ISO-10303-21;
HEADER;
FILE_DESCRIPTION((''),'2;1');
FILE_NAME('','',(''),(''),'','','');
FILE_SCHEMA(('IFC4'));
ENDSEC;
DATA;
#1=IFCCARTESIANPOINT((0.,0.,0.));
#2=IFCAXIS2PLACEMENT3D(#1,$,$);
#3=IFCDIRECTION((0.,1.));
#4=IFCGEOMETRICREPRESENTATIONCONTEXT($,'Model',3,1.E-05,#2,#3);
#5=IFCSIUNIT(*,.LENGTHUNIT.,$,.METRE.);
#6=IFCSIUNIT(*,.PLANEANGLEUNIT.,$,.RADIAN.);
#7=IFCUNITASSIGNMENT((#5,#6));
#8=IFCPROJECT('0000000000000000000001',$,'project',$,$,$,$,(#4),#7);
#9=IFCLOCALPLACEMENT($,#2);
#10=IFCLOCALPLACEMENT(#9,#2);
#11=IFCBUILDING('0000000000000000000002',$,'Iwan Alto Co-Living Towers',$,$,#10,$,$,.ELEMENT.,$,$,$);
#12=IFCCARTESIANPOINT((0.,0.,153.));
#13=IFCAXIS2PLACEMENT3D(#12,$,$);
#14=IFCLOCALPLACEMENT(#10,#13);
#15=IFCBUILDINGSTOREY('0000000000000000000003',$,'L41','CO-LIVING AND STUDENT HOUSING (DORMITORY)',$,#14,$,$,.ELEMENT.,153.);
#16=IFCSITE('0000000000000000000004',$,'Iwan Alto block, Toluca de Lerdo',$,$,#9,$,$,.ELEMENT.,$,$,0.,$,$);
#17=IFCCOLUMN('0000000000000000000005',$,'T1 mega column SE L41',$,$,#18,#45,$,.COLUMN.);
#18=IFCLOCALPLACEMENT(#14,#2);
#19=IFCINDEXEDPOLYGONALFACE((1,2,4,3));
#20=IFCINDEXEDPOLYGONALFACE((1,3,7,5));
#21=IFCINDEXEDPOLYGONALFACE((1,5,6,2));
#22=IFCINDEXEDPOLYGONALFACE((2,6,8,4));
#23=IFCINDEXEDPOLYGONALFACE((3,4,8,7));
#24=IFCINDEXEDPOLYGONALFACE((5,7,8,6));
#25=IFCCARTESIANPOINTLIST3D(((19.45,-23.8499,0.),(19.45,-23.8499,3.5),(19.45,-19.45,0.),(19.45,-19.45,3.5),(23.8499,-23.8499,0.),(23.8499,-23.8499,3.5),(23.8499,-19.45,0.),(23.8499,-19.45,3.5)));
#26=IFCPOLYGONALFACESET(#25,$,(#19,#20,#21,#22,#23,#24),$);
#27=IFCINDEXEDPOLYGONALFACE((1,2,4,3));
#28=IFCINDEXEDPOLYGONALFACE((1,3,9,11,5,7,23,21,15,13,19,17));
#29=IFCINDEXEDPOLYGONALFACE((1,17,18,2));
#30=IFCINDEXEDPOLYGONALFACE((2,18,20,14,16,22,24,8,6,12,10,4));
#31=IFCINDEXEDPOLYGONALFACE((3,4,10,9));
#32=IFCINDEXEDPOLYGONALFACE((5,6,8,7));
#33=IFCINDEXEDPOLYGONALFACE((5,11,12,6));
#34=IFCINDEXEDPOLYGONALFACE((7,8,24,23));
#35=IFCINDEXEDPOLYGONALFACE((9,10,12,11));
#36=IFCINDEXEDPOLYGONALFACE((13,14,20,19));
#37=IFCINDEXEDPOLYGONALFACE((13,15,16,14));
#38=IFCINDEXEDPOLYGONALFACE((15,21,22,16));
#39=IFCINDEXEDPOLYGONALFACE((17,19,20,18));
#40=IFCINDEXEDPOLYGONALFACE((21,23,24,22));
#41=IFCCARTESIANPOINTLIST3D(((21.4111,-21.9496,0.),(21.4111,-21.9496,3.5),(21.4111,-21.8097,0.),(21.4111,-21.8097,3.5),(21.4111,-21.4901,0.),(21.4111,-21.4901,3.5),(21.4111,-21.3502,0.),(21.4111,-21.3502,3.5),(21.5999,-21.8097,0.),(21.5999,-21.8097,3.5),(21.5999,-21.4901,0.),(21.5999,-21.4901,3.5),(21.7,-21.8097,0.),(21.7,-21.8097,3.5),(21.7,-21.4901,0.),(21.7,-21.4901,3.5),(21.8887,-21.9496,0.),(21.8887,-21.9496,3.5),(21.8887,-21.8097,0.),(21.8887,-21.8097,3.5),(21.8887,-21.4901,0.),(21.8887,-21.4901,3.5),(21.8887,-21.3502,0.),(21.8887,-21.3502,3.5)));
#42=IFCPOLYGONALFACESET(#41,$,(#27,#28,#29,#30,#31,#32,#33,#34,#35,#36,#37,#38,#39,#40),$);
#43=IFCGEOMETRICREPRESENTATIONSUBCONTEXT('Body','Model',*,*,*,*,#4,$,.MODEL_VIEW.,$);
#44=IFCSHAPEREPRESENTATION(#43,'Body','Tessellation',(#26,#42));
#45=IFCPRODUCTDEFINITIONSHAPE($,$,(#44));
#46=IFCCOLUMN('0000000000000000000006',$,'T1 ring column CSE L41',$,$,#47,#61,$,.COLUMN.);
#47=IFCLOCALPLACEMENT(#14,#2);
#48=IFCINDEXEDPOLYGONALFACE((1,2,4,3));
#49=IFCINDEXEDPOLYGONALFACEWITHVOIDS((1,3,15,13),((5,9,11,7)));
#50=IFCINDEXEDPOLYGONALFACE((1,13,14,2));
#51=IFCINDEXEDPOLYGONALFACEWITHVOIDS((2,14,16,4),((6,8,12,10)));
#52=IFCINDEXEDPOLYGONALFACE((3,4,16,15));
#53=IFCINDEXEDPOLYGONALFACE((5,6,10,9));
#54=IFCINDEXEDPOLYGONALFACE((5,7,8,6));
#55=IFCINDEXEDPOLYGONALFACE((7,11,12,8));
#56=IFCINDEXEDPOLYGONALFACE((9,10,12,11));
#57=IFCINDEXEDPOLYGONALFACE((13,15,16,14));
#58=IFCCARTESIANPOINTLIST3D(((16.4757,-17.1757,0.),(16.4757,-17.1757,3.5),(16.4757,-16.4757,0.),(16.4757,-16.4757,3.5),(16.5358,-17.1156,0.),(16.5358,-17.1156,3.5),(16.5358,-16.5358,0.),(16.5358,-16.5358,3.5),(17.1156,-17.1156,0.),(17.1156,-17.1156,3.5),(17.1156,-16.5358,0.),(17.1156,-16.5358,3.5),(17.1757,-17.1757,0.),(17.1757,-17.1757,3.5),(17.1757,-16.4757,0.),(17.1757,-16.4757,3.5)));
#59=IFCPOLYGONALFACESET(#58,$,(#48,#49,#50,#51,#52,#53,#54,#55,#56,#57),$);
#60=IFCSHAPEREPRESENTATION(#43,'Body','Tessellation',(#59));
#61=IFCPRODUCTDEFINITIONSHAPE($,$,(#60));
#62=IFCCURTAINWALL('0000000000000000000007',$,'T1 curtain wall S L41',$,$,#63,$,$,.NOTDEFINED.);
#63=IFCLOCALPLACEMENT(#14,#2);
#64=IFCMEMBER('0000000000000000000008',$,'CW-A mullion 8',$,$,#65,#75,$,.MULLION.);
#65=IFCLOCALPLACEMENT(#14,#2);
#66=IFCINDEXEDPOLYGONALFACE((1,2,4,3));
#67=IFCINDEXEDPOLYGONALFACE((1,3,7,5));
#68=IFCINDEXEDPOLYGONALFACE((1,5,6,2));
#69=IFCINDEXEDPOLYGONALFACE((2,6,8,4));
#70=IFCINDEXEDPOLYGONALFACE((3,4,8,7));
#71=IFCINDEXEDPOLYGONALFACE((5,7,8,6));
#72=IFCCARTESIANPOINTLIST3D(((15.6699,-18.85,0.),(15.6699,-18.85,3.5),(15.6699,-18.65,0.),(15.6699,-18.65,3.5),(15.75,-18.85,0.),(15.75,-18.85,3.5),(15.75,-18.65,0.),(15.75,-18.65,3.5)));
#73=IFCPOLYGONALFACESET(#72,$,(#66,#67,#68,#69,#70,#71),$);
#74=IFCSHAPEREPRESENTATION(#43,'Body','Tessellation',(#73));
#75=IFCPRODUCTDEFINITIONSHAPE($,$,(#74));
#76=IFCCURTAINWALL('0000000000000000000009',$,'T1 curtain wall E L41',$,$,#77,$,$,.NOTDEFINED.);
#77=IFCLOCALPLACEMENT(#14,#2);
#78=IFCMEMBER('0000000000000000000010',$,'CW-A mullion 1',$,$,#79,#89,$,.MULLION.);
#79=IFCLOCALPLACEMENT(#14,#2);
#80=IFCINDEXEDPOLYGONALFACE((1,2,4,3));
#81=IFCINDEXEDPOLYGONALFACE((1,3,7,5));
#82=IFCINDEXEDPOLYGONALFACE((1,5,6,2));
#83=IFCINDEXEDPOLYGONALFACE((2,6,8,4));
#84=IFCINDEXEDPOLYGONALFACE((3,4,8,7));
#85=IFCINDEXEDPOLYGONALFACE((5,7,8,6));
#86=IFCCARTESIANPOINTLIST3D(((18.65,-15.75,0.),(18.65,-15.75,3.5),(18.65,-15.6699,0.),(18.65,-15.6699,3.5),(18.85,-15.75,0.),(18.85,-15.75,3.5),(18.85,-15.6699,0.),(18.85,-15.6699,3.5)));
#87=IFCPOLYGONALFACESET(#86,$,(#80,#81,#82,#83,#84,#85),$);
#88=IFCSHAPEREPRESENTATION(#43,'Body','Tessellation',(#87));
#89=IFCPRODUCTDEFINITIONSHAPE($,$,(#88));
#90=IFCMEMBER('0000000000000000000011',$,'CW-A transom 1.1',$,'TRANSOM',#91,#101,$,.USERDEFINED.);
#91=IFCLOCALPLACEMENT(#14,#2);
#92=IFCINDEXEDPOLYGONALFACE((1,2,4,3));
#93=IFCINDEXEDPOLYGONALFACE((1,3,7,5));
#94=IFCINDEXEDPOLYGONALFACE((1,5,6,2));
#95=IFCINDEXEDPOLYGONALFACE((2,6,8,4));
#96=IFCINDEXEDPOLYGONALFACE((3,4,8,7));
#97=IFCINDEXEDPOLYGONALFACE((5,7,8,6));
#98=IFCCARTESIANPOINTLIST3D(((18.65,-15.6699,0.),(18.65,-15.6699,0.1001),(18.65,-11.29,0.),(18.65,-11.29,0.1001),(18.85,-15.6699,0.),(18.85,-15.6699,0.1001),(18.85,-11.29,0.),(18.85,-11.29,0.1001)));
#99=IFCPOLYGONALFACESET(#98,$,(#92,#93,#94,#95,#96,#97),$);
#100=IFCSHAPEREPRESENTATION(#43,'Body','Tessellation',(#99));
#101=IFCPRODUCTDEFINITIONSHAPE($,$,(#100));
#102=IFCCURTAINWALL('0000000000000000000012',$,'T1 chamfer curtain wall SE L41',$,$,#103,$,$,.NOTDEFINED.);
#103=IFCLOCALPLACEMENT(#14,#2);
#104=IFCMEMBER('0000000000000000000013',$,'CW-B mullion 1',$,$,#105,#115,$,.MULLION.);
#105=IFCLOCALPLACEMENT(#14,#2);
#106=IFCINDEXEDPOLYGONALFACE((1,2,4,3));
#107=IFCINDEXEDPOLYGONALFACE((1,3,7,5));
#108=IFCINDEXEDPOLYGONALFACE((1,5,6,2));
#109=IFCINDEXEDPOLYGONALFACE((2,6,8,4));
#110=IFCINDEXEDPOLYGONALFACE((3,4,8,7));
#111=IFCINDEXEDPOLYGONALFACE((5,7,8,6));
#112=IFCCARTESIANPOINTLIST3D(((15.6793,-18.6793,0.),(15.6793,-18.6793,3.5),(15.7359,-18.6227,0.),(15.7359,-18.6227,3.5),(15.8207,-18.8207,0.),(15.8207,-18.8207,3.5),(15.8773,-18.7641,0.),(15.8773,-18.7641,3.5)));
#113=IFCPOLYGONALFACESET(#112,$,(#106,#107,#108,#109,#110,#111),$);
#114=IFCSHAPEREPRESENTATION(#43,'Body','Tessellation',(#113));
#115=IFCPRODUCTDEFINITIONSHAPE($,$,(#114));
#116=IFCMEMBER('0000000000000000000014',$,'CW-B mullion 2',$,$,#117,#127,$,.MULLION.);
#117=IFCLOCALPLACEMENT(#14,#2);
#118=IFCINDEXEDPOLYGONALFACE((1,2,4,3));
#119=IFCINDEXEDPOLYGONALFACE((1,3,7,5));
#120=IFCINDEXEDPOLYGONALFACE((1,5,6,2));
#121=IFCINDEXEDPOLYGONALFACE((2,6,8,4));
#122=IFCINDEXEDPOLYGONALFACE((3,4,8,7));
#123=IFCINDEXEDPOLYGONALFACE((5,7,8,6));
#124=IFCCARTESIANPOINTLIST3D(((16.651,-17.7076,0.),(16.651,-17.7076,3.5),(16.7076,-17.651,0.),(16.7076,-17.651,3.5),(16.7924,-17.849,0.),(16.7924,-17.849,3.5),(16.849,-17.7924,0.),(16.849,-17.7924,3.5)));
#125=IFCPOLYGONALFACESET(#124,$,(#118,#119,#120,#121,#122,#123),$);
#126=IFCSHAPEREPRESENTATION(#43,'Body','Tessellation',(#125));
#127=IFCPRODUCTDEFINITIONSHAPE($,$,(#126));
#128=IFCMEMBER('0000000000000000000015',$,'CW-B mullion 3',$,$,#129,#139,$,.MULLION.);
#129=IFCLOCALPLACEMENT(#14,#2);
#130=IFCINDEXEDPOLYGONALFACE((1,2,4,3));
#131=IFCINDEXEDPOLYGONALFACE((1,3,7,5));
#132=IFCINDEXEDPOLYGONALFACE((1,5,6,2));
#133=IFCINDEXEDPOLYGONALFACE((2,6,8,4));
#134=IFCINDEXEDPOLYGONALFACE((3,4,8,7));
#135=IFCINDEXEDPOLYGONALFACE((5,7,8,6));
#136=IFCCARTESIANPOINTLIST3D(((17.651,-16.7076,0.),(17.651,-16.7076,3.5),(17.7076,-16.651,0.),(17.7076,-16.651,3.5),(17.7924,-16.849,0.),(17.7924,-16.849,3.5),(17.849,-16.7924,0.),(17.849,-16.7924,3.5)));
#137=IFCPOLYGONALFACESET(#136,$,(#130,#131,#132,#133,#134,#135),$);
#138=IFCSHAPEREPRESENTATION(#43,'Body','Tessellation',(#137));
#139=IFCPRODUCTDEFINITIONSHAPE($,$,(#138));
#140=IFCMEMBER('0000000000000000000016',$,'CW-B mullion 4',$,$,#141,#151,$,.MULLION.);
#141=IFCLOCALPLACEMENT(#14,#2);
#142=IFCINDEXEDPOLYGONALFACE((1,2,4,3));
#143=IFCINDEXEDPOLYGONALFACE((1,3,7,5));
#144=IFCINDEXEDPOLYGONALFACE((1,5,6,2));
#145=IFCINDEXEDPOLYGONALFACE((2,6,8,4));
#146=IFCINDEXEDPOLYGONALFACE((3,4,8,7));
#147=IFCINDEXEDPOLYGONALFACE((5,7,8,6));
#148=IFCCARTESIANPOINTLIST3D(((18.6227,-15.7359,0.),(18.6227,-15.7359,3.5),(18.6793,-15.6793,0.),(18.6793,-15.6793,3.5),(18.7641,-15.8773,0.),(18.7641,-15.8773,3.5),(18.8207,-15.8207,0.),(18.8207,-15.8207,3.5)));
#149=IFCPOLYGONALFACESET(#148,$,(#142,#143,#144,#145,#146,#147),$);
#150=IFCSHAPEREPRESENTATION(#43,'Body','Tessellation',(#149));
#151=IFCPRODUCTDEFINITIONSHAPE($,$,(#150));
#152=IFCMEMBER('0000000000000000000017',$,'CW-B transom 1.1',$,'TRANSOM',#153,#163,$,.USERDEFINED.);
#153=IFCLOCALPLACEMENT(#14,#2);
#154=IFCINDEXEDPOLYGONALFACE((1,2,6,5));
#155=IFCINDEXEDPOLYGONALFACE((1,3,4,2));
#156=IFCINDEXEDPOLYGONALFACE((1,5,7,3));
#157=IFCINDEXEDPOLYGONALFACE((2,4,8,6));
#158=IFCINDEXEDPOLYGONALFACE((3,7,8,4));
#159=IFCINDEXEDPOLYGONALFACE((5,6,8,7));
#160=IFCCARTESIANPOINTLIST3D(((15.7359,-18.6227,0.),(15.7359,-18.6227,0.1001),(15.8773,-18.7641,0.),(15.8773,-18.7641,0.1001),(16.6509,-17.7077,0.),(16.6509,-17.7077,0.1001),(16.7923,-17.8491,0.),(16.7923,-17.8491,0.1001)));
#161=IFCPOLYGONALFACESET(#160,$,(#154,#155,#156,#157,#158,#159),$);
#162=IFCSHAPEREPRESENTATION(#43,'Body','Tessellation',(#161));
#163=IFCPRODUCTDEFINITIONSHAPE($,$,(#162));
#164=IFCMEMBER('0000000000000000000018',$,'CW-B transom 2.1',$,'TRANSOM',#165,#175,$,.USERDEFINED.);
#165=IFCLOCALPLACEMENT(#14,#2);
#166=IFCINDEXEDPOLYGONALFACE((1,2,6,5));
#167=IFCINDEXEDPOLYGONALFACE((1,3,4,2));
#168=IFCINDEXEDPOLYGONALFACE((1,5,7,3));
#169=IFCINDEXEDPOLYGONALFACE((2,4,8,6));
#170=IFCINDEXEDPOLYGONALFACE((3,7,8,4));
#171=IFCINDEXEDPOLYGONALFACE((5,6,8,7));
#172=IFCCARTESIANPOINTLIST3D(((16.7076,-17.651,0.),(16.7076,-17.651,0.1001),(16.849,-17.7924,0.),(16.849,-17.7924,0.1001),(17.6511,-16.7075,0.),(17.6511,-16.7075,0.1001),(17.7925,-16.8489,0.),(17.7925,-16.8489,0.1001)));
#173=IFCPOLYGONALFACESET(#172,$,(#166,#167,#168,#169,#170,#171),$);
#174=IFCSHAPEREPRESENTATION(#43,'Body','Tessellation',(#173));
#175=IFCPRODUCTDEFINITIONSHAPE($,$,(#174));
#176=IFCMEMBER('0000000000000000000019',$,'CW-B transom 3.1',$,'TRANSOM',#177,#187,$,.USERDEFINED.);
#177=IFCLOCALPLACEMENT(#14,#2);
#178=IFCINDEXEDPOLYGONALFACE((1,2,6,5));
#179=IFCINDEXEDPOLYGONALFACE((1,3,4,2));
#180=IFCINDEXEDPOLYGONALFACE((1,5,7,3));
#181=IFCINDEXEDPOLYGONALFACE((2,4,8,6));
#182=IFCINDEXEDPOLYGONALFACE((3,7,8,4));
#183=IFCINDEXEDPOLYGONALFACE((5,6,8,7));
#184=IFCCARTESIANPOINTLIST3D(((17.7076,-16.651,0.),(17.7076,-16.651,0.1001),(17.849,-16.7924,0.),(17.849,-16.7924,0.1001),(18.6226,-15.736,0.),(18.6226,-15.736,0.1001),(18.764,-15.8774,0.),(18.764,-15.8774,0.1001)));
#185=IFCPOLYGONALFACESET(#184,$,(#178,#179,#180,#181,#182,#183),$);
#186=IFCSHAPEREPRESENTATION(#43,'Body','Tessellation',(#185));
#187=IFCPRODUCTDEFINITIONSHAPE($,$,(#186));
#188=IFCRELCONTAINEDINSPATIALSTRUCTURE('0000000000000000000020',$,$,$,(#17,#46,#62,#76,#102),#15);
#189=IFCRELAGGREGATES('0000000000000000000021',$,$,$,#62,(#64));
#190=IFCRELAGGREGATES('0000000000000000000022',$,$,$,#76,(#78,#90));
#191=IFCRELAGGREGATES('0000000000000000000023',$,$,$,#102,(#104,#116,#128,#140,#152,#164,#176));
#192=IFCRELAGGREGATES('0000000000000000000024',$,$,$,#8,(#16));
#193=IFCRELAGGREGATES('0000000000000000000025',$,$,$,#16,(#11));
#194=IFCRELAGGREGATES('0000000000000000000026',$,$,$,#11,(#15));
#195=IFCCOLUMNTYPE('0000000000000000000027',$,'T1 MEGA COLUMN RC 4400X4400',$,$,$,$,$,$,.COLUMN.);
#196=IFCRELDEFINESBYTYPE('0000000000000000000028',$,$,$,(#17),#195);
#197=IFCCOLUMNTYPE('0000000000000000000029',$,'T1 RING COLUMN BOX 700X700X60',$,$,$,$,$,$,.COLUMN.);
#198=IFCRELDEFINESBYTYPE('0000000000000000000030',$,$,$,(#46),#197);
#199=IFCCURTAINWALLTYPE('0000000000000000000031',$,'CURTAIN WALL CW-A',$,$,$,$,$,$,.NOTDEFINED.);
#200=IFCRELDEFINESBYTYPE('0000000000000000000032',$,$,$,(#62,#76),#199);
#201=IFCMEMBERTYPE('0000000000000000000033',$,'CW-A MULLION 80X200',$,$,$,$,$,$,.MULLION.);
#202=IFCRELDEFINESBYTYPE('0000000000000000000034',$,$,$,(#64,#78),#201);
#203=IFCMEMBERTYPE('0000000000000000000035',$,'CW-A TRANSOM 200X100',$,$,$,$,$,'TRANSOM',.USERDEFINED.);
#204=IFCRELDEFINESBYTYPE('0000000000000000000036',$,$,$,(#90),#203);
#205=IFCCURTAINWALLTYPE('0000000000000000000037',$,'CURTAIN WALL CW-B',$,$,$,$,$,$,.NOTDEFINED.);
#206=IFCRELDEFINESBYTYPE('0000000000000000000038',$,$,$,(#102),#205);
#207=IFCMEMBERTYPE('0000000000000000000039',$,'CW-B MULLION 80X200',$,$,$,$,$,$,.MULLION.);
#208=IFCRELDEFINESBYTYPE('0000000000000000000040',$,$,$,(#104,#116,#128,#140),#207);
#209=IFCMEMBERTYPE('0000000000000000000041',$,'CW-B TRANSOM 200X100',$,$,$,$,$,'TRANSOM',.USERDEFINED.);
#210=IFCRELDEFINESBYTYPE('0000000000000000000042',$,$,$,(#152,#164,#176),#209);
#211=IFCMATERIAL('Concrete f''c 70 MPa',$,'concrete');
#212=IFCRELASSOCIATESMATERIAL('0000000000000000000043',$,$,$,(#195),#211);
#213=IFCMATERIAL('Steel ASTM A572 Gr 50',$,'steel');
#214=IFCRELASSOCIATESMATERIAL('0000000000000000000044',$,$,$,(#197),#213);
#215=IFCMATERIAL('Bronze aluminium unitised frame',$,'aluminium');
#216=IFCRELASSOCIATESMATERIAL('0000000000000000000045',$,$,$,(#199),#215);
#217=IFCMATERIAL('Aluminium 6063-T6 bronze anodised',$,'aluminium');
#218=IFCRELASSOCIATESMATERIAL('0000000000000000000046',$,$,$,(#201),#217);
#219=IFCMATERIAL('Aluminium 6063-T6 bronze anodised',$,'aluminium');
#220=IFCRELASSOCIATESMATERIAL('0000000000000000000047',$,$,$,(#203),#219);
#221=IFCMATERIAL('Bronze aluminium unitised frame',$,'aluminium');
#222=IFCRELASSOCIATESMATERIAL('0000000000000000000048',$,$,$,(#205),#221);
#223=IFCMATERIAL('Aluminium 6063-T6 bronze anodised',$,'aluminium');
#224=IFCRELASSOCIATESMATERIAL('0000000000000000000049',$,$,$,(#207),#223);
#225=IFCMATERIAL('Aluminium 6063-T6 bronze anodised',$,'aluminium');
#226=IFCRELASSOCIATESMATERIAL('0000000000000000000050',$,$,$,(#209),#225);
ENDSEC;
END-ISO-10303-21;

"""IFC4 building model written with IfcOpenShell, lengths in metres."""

from ifc_helpers import new_model, si_unit, direction, frame, origin, origin_2d, place, context, subcontext, project, spatial, rectangle, hollow_rectangle, i_section, extrude, material, material_profile, profile_set, type_object, element, aggregate, save


model = new_model("IFC4")

# Units and contexts
model_context = context("Model", 3, precision=1e-05, world=origin(), true_north=direction((0.0, 1.0)))
body_context = subcontext(model_context, "Body", "Model", "MODEL_VIEW")
ifc_project = project(units=[si_unit("LENGTHUNIT", "METRE"), si_unit("PLANEANGLEUNIT", "RADIAN")], contexts=[model_context])

# Site, building, storey
site_placement = place(None, origin())
site = spatial("IfcSite", under=ifc_project, at=site_placement, Name="Iwan Alto block, Toluca de Lerdo", CompositionType="ELEMENT", RefElevation=0.0)
building_placement = place(site_placement, origin())
building = spatial("IfcBuilding", under=site, at=building_placement, Name="Iwan Alto Co-Living Towers", CompositionType="ELEMENT")
storey_placement = place(building_placement, frame((0.0, 0.0, 153.0)))
storey = spatial("IfcBuildingStorey", under=building, at=storey_placement, Name="L41", Description="CO-LIVING AND STUDENT HOUSING (DORMITORY)", CompositionType="ELEMENT", Elevation=153.0)

# Columns
ifc_material_1 = material(Name="Concrete f'c 70 MPa", Category="concrete")
ifc_material_profile_1 = material_profile(ifc_material_1, rectangle(XDim=4.3999, YDim=4.3999, at=origin_2d()), Name="RC 4400X4400")
ifc_profile_set_1 = profile_set([ifc_material_profile_1], Name="Concrete f'c 70 MPa")
column_type_1 = type_object("IfcColumnType", Name="T1 MEGA COLUMN RC 4400X4400", PredefinedType="COLUMN", material=ifc_profile_set_1)
column_1_placement = place(storey_placement, frame((21.6499, -21.6499, 0.0), z_axis=(0.0, 0.0, 1.0), x_axis=(1.0, 0.0, 0.0)))
element("IfcColumn", 1, at=column_1_placement, inside=storey, type_object=column_type_1, Name="T1 mega column SE L41", PredefinedType="COLUMN", context=body_context, shape_type="SweptSolid", body=[
    extrude(rectangle(XDim=4.3999, YDim=4.3999, at=origin_2d()), origin(), (0.0, 0.0, 1.0), 3.5),
    extrude(i_section(OverallWidth=0.4775, OverallDepth=0.5994, WebThickness=0.1001, FlangeThickness=0.1399, at=origin_2d()), origin(), (0.0, 0.0, 1.0), 3.5),
])
ifc_material_2 = material(Name="Steel ASTM A572 Gr 50", Category="steel")
ifc_material_profile_2 = material_profile(ifc_material_2, hollow_rectangle(XDim=0.7, YDim=0.7, WallThickness=0.0601, at=origin_2d()), Name="BOX 700X700X60")
ifc_profile_set_2 = profile_set([ifc_material_profile_2], Name="Steel ASTM A572 Gr 50")
column_type_2 = type_object("IfcColumnType", Name="T1 RING COLUMN BOX 700X700X60", PredefinedType="COLUMN", material=ifc_profile_set_2)
column_2_placement = place(storey_placement, frame((16.8257, -16.8257, 0.0), z_axis=(0.0, 0.0, 1.0), x_axis=(1.0, 0.0, 0.0)))
element("IfcColumn", 2, at=column_2_placement, inside=storey, type_object=column_type_2, Name="T1 ring column CSE L41", PredefinedType="COLUMN", context=body_context, shape_type="SweptSolid", body=[
    extrude(hollow_rectangle(XDim=0.7, YDim=0.7, WallThickness=0.0601, at=origin_2d()), origin(), (0.0, 0.0, 1.0), 3.5),
])

# Curtain wall, member
ifc_material_3 = material(Name="Bronze aluminium unitised frame", Category="aluminium")
curtain_wall_type_1 = type_object("IfcCurtainWallType", Name="CURTAIN WALL CW-A", PredefinedType="NOTDEFINED", material=ifc_material_3)
curtain_wall_1_placement = place(storey_placement, origin())
curtain_wall_1 = element("IfcCurtainWall", 3, at=curtain_wall_1_placement, inside=storey, type_object=curtain_wall_type_1, Name="T1 curtain wall S L41", PredefinedType="NOTDEFINED")
ifc_material_4 = material(Name="Aluminium 6063-T6 bronze anodised", Category="aluminium")
ifc_material_profile_3 = material_profile(ifc_material_4, rectangle(XDim=0.2, YDim=0.0801, at=origin_2d()), Name="AL 80X200")
ifc_profile_set_3 = profile_set([ifc_material_profile_3], Name="Aluminium 6063-T6 bronze anodised")
member_type_1 = type_object("IfcMemberType", Name="CW-A MULLION 80X200", PredefinedType="MULLION", material=ifc_profile_set_3)
member_1_placement = place(storey_placement, frame((15.71, -18.75, 0.0), z_axis=(0.0, 0.0, 1.0), x_axis=(0.0, 1.0, 0.0)))
member_1 = element("IfcMember", 4, at=member_1_placement, type_object=member_type_1, Name="CW-A mullion 8", PredefinedType="MULLION", context=body_context, shape_type="SweptSolid", body=[
    extrude(rectangle(XDim=0.2, YDim=0.0801, at=origin_2d()), origin(), (0.0, 0.0, 1.0), 3.5),
])

# Curtain walls, members
curtain_wall_2_placement = place(storey_placement, origin())
curtain_wall_2 = element("IfcCurtainWall", 5, at=curtain_wall_2_placement, inside=storey, type_object=curtain_wall_type_1, Name="T1 curtain wall E L41", PredefinedType="NOTDEFINED")
member_2_placement = place(storey_placement, frame((18.75, -15.71, 0.0), z_axis=(0.0, 0.0, 1.0), x_axis=(-1.0, 0.0, 0.0)))
member_2 = element("IfcMember", 6, at=member_2_placement, type_object=member_type_1, Name="CW-A mullion 1", PredefinedType="MULLION", context=body_context, shape_type="SweptSolid", body=[
    extrude(rectangle(XDim=0.2, YDim=0.0801, at=origin_2d()), origin(), (0.0, 0.0, 1.0), 3.5),
])
ifc_material_5 = material(Name="Aluminium 6063-T6 bronze anodised", Category="aluminium")
ifc_material_profile_4 = material_profile(ifc_material_5, rectangle(XDim=0.2, YDim=0.1001, at=origin_2d()), Name="AL 200X100")
ifc_profile_set_4 = profile_set([ifc_material_profile_4], Name="Aluminium 6063-T6 bronze anodised")
member_type_2 = type_object("IfcMemberType", Name="CW-A TRANSOM 200X100", ElementType="TRANSOM", PredefinedType="USERDEFINED", material=ifc_profile_set_4)
member_3_placement = place(storey_placement, frame((18.75, -15.6699, 0.05), z_axis=(0.0, 1.0, 0.0), x_axis=(-1.0, 0.0, 0.0)))
member_3 = element("IfcMember", 7, at=member_3_placement, type_object=member_type_2, Name="CW-A transom 1.1", ObjectType="TRANSOM", PredefinedType="USERDEFINED", context=body_context, shape_type="SweptSolid", body=[
    extrude(rectangle(XDim=0.2, YDim=0.1001, at=origin_2d()), origin(), (0.0, 0.0, 1.0), 4.3799),
])
ifc_material_6 = material(Name="Bronze aluminium unitised frame", Category="aluminium")
curtain_wall_type_2 = type_object("IfcCurtainWallType", Name="CURTAIN WALL CW-B", PredefinedType="NOTDEFINED", material=ifc_material_6)
curtain_wall_3_placement = place(storey_placement, origin())
curtain_wall_3 = element("IfcCurtainWall", 8, at=curtain_wall_3_placement, inside=storey, type_object=curtain_wall_type_2, Name="T1 chamfer curtain wall SE L41", PredefinedType="NOTDEFINED")
ifc_material_7 = material(Name="Aluminium 6063-T6 bronze anodised", Category="aluminium")
ifc_material_profile_5 = material_profile(ifc_material_7, rectangle(XDim=0.2, YDim=0.0801, at=origin_2d()), Name="AL 80X200")
ifc_profile_set_5 = profile_set([ifc_material_profile_5], Name="Aluminium 6063-T6 bronze anodised")
member_type_3 = type_object("IfcMemberType", Name="CW-B MULLION 80X200", PredefinedType="MULLION", material=ifc_profile_set_5)
member_4_placement = place(storey_placement, frame((15.7783, -18.7217, 0.0), z_axis=(0.0, 0.0, 1.0), x_axis=(-0.707107, 0.707107, 0.0)))
member_4 = element("IfcMember", 9, at=member_4_placement, type_object=member_type_3, Name="CW-B mullion 1", PredefinedType="MULLION", context=body_context, shape_type="SweptSolid", body=[
    extrude(rectangle(XDim=0.2, YDim=0.0801, at=origin_2d()), origin(), (0.0, 0.0, 1.0), 3.5),
])
member_5_placement = place(storey_placement, frame((16.75, -17.75, 0.0), z_axis=(0.0, 0.0, 1.0), x_axis=(-0.707107, 0.707107, 0.0)))
member_5 = element("IfcMember", 10, at=member_5_placement, type_object=member_type_3, Name="CW-B mullion 2", PredefinedType="MULLION", context=body_context, shape_type="SweptSolid", body=[
    extrude(rectangle(XDim=0.2, YDim=0.0801, at=origin_2d()), origin(), (0.0, 0.0, 1.0), 3.5),
])
member_6_placement = place(storey_placement, frame((17.75, -16.75, 0.0), z_axis=(0.0, 0.0, 1.0), x_axis=(-0.707107, 0.707107, 0.0)))
member_6 = element("IfcMember", 11, at=member_6_placement, type_object=member_type_3, Name="CW-B mullion 3", PredefinedType="MULLION", context=body_context, shape_type="SweptSolid", body=[
    extrude(rectangle(XDim=0.2, YDim=0.0801, at=origin_2d()), origin(), (0.0, 0.0, 1.0), 3.5),
])
member_7_placement = place(storey_placement, frame((18.7217, -15.7783, 0.0), z_axis=(0.0, 0.0, 1.0), x_axis=(-0.707107, 0.707107, 0.0)))
member_7 = element("IfcMember", 12, at=member_7_placement, type_object=member_type_3, Name="CW-B mullion 4", PredefinedType="MULLION", context=body_context, shape_type="SweptSolid", body=[
    extrude(rectangle(XDim=0.2, YDim=0.0801, at=origin_2d()), origin(), (0.0, 0.0, 1.0), 3.5),
])
ifc_material_8 = material(Name="Aluminium 6063-T6 bronze anodised", Category="aluminium")
ifc_material_profile_6 = material_profile(ifc_material_8, rectangle(XDim=0.2, YDim=0.1001, at=origin_2d()), Name="AL 200X100")
ifc_profile_set_6 = profile_set([ifc_material_profile_6], Name="Aluminium 6063-T6 bronze anodised")
member_type_4 = type_object("IfcMemberType", Name="CW-B TRANSOM 200X100", ElementType="TRANSOM", PredefinedType="USERDEFINED", material=ifc_profile_set_6)
member_8_placement = place(storey_placement, frame((15.8066, -18.6934, 0.05), z_axis=(0.707107, 0.707107, 0.0), x_axis=(-0.707107, 0.707107, 0.0)))
member_8 = element("IfcMember", 13, at=member_8_placement, type_object=member_type_4, Name="CW-B transom 1.1", ObjectType="TRANSOM", PredefinedType="USERDEFINED", context=body_context, shape_type="SweptSolid", body=[
    extrude(rectangle(XDim=0.2, YDim=0.1001, at=origin_2d()), origin(), (0.0, 0.0, 1.0), 1.2939),
])
member_9_placement = place(storey_placement, frame((16.7783, -17.7217, 0.05), z_axis=(0.707107, 0.707107, 0.0), x_axis=(-0.707107, 0.707107, 0.0)))
member_9 = element("IfcMember", 14, at=member_9_placement, type_object=member_type_4, Name="CW-B transom 2.1", ObjectType="TRANSOM", PredefinedType="USERDEFINED", context=body_context, shape_type="SweptSolid", body=[
    extrude(rectangle(XDim=0.2, YDim=0.1001, at=origin_2d()), origin(), (0.0, 0.0, 1.0), 1.3342),
])
member_10_placement = place(storey_placement, frame((17.7783, -16.7217, 0.05), z_axis=(0.707107, 0.707107, 0.0), x_axis=(-0.707107, 0.707107, 0.0)))
member_10 = element("IfcMember", 15, at=member_10_placement, type_object=member_type_4, Name="CW-B transom 3.1", ObjectType="TRANSOM", PredefinedType="USERDEFINED", context=body_context, shape_type="SweptSolid", body=[
    extrude(rectangle(XDim=0.2, YDim=0.1001, at=origin_2d()), origin(), (0.0, 0.0, 1.0), 1.2939),
])

aggregate(curtain_wall_1, [member_1])
aggregate(curtain_wall_2, [member_2, member_3])
aggregate(curtain_wall_3, [member_4, member_5, member_6, member_7, member_8, member_9, member_10])

save(model, "model.ifc")
